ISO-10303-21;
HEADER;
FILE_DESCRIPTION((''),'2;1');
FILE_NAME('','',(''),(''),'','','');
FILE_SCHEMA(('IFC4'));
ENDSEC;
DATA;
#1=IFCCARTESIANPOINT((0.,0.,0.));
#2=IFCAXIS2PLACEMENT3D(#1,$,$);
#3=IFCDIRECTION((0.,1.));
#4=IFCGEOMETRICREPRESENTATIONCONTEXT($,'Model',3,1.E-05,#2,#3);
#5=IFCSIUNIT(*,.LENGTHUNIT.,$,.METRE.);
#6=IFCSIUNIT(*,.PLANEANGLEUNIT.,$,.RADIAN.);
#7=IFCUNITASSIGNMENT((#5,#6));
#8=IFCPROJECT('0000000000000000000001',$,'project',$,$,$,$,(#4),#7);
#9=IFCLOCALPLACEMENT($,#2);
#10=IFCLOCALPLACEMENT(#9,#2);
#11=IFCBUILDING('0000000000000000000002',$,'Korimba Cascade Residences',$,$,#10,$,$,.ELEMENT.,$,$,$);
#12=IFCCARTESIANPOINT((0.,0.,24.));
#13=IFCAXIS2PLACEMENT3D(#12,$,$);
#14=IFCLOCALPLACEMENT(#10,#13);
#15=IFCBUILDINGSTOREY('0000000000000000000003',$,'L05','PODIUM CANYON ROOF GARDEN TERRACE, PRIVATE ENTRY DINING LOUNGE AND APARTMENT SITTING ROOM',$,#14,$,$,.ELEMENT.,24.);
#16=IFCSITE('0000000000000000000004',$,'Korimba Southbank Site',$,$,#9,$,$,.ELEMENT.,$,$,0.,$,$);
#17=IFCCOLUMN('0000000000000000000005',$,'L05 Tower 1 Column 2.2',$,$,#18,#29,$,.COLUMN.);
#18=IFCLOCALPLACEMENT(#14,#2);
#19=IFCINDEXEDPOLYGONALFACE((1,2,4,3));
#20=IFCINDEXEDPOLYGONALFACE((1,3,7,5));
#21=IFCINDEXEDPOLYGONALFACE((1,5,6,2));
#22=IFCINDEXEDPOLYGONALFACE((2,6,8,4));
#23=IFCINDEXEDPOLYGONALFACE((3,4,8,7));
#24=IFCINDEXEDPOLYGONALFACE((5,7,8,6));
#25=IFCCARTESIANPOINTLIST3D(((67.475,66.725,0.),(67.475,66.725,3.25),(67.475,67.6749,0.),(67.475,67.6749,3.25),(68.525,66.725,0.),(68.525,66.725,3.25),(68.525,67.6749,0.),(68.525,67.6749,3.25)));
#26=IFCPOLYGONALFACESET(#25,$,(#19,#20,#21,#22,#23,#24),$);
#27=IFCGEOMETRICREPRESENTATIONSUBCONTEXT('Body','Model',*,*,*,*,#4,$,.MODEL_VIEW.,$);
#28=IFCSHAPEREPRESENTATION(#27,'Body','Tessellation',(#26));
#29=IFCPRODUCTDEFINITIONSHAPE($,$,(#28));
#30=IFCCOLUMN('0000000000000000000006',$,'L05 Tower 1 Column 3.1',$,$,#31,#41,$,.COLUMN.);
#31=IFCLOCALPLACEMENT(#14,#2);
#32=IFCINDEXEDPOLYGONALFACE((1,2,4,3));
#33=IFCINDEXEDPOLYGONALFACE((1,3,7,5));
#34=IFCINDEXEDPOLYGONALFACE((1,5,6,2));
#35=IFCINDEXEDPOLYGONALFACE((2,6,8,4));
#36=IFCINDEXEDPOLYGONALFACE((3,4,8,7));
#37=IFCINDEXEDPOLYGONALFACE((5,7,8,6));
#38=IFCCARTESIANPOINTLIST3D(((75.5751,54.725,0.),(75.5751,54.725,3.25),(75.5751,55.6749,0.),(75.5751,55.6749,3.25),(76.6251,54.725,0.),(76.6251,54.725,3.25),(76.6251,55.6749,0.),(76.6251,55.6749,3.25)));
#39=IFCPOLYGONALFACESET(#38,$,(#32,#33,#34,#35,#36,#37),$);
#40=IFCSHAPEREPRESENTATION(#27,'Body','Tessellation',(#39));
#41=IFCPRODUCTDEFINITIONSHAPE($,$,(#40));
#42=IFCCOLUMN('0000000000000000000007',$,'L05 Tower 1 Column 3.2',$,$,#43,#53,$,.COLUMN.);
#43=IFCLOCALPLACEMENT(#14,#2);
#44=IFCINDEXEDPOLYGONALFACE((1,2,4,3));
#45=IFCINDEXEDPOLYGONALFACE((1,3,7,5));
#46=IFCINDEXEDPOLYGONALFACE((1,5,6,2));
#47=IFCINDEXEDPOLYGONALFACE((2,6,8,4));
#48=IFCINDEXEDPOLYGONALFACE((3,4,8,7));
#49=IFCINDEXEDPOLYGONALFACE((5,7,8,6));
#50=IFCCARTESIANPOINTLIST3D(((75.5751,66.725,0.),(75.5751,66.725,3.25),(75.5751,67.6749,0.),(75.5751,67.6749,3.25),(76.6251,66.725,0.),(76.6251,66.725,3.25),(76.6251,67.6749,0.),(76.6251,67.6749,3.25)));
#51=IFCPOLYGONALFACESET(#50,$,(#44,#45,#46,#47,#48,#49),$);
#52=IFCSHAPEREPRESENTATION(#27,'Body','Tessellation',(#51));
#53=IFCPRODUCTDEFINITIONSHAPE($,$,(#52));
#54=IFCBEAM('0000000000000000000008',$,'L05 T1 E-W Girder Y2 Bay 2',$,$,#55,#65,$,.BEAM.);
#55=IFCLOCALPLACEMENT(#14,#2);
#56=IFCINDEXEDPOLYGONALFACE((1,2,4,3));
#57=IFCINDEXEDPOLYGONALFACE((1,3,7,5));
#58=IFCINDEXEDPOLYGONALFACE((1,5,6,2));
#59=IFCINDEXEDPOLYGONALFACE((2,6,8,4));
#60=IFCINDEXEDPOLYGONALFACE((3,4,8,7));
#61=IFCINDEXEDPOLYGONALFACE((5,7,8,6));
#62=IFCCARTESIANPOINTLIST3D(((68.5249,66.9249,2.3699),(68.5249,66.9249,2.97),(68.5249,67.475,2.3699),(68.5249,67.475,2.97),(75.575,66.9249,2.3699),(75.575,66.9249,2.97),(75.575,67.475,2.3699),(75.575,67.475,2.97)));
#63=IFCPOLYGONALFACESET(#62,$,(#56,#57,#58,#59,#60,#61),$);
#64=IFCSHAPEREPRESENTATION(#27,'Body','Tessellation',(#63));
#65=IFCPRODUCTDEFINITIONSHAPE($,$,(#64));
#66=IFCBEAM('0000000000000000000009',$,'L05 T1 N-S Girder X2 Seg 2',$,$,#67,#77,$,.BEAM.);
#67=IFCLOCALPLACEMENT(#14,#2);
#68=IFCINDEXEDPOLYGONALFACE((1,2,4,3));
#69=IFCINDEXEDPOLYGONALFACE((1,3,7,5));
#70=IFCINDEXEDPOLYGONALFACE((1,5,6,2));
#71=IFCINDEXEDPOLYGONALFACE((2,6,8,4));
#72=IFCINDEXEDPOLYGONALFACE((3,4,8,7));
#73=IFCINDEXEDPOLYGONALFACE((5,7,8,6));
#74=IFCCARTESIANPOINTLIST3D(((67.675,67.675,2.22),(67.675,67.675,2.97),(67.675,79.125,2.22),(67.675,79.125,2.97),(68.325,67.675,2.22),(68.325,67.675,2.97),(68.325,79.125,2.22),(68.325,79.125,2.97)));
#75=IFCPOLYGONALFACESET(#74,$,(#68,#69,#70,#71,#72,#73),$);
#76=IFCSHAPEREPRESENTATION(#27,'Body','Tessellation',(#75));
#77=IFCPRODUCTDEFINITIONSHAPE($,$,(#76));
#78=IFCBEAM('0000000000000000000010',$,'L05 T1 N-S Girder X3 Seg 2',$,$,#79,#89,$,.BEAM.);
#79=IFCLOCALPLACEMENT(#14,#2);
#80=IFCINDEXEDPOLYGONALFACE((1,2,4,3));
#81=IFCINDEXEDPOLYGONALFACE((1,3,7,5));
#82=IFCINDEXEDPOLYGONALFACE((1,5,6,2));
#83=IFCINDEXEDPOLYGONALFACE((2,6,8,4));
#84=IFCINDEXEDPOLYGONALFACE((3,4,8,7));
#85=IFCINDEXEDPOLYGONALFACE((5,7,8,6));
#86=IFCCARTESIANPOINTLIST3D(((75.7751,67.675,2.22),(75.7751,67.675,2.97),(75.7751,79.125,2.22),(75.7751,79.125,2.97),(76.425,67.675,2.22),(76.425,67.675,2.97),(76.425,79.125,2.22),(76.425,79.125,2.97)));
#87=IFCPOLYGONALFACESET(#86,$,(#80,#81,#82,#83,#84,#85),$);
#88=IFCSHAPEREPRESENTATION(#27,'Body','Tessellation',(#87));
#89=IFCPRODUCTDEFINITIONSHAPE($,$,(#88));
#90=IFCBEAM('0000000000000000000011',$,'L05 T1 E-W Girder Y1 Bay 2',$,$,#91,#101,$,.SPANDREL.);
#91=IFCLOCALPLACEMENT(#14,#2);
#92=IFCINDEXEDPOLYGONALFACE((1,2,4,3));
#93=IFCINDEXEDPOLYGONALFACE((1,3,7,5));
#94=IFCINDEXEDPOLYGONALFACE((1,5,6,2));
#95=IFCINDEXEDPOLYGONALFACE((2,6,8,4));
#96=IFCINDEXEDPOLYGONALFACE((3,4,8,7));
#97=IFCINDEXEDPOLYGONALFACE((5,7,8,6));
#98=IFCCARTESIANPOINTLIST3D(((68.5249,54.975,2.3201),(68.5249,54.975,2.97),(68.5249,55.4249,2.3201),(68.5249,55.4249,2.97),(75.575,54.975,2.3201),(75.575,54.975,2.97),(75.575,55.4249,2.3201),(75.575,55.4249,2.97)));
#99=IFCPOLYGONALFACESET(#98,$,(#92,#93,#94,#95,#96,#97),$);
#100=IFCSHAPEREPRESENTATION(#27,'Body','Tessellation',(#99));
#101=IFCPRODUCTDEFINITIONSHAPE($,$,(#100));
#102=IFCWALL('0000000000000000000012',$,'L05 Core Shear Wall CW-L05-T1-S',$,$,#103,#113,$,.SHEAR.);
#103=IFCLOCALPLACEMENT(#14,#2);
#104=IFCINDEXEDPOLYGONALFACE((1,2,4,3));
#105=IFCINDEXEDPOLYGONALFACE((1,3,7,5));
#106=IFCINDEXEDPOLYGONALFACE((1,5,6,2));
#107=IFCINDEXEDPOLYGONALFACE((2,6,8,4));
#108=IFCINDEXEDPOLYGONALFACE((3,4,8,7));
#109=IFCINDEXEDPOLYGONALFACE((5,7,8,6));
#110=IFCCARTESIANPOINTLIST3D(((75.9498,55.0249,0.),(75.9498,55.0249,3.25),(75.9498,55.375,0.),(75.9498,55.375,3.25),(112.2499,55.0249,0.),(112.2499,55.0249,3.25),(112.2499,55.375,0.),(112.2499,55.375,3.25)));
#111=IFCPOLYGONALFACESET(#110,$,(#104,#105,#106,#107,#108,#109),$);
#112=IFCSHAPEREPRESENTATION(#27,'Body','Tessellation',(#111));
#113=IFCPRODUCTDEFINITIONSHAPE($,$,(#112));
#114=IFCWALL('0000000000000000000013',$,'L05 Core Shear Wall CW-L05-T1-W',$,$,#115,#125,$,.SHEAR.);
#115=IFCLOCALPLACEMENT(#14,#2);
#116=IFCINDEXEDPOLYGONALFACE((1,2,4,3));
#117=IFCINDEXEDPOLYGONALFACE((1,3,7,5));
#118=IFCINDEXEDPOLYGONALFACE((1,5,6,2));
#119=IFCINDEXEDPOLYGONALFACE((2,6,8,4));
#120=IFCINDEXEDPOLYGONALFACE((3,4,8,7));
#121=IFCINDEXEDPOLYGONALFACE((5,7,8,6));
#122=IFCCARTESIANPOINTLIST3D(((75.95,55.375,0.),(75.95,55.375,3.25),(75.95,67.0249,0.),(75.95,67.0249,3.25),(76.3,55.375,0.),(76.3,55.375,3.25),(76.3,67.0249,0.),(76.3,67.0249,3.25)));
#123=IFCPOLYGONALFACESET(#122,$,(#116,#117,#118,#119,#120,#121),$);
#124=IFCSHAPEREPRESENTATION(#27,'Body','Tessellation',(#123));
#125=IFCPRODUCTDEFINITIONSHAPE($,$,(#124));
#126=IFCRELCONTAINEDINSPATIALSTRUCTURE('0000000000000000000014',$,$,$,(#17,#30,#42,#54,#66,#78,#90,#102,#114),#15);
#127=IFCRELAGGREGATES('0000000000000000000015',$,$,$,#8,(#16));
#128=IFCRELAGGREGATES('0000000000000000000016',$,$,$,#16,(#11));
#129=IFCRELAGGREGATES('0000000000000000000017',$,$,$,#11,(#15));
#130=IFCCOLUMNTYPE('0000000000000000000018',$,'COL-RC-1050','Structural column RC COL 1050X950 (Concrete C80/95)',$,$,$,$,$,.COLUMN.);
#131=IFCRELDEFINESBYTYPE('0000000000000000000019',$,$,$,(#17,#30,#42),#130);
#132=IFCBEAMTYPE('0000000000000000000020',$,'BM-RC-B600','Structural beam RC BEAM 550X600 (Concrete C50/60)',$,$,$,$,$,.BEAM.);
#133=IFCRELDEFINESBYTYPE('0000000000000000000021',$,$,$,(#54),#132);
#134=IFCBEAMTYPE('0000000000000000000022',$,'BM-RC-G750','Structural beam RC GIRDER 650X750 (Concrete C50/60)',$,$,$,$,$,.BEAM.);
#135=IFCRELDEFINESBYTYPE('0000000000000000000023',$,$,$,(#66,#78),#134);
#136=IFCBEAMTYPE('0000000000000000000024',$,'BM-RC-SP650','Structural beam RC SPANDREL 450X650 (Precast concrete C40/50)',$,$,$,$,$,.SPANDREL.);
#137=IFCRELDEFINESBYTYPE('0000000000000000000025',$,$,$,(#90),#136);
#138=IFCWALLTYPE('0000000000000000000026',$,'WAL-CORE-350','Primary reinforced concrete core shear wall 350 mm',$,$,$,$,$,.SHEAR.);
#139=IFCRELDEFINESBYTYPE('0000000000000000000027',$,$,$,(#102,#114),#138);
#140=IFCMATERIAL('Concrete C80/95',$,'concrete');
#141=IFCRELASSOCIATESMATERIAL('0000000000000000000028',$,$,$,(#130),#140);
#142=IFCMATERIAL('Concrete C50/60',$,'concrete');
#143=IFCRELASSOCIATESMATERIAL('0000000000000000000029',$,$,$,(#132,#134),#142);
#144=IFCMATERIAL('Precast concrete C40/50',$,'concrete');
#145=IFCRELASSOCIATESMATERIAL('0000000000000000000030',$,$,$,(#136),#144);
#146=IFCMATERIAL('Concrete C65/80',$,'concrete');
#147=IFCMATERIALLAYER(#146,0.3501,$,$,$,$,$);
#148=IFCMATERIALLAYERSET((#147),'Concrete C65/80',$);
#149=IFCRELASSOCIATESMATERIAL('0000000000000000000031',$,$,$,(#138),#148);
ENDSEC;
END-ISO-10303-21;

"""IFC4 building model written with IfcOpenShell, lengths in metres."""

from ifc_helpers import new_model, si_unit, direction, frame, frame_2d, origin, origin_2d, place, context, subcontext, project, spatial, rectangle, extrude, material, layer, layer_set, material_profile, profile_set, type_object, element, save


model = new_model("IFC4")

# Units and contexts
model_context = context("Model", 3, precision=1e-05, world=origin(), true_north=direction((0.0, 1.0)))
body_context = subcontext(model_context, "Body", "Model", "MODEL_VIEW")
ifc_project = project(units=[si_unit("LENGTHUNIT", "METRE"), si_unit("PLANEANGLEUNIT", "RADIAN")], contexts=[model_context])

# Site, building, storey
site_placement = place(None, origin())
site = spatial("IfcSite", under=ifc_project, at=site_placement, Name="Korimba Southbank Site", CompositionType="ELEMENT", RefElevation=0.0)
building_placement = place(site_placement, origin())
building = spatial("IfcBuilding", under=site, at=building_placement, Name="Korimba Cascade Residences", CompositionType="ELEMENT")
storey_placement = place(building_placement, frame((0.0, 0.0, 24.0)))
storey = spatial("IfcBuildingStorey", under=building, at=storey_placement, Name="L05", Description="PODIUM CANYON ROOF GARDEN TERRACE, PRIVATE ENTRY DINING LOUNGE AND APARTMENT SITTING ROOM", CompositionType="ELEMENT", Elevation=24.0)

# Columns
ifc_material_1 = material(Name="Concrete C80/95", Category="concrete")
ifc_material_profile_1 = material_profile(ifc_material_1, rectangle(XDim=1.05, YDim=0.95, at=origin_2d()), Name="Concrete C80/95")
ifc_profile_set_1 = profile_set([ifc_material_profile_1], Name="Concrete C80/95")
column_type = type_object("IfcColumnType", Name="COL-RC-1050", Description="Structural column RC COL 1050X950 (Concrete C80/95)", PredefinedType="COLUMN", material=ifc_profile_set_1)
for number, where, z_axis, x_axis, name in (
    (1, (68.0, 67.2, 0.0), (0.0, 0.0, 1.0), (1.0, 0.0, 0.0), "L05 Tower 1 Column 2.2"),
    (2, (76.1001, 55.2, 0.0), (0.0, 0.0, 1.0), (1.0, 0.0, 0.0), "L05 Tower 1 Column 3.1"),
    (3, (76.1001, 67.2, 0.0), (0.0, 0.0, 1.0), (1.0, 0.0, 0.0), "L05 Tower 1 Column 3.2"),
):
    element("IfcColumn", number, at=place(storey_placement, frame(where, z_axis=z_axis, x_axis=x_axis)), inside=storey, type_object=column_type, Name=name, PredefinedType="COLUMN", context=body_context, shape_type="SweptSolid", body=[
        extrude(rectangle(XDim=1.05, YDim=0.95, at=origin_2d()), origin(), (0.0, 0.0, 1.0), 3.25),
    ])

# Beams
ifc_material_2 = material(Name="Concrete C50/60", Category="concrete")
ifc_material_profile_2 = material_profile(ifc_material_2, rectangle(XDim=0.55, YDim=0.6001, at=origin_2d()), Name="Concrete C50/60")
ifc_profile_set_2 = profile_set([ifc_material_profile_2], Name="Concrete C50/60")
beam_type_1 = type_object("IfcBeamType", Name="BM-RC-B600", Description="Structural beam RC BEAM 550X600 (Concrete C50/60)", PredefinedType="BEAM", material=ifc_profile_set_2)
beam_1_placement = place(storey_placement, frame((68.5249, 67.2, 2.6699), z_axis=(1.0, 0.0, 0.0), x_axis=(0.0, 1.0, 0.0)))
element("IfcBeam", 4, at=beam_1_placement, inside=storey, type_object=beam_type_1, Name="L05 T1 E-W Girder Y2 Bay 2", PredefinedType="BEAM", context=body_context, shape_type="SweptSolid", body=[
    extrude(rectangle(XDim=0.55, YDim=0.6001, at=origin_2d()), origin(), (0.0, 0.0, 1.0), 7.05),
])
ifc_material_profile_3 = material_profile(ifc_material_2, rectangle(XDim=0.6499, YDim=0.75, at=origin_2d()), Name="Concrete C50/60")
ifc_profile_set_3 = profile_set([ifc_material_profile_3], Name="Concrete C50/60")
beam_type_2 = type_object("IfcBeamType", Name="BM-RC-G750", Description="Structural beam RC GIRDER 650X750 (Concrete C50/60)", PredefinedType="BEAM", material=ifc_profile_set_3)
for number, where, z_axis, x_axis, name in (
    (5, (68.0, 67.675, 2.595), (0.0, 1.0, 0.0), (-1.0, 0.0, 0.0), "L05 T1 N-S Girder X2 Seg 2"),
    (6, (76.1001, 67.675, 2.595), (0.0, 1.0, 0.0), (-1.0, 0.0, 0.0), "L05 T1 N-S Girder X3 Seg 2"),
):
    element("IfcBeam", number, at=place(storey_placement, frame(where, z_axis=z_axis, x_axis=x_axis)), inside=storey, type_object=beam_type_2, Name=name, PredefinedType="BEAM", context=body_context, shape_type="SweptSolid", body=[
        extrude(rectangle(XDim=0.6499, YDim=0.75, at=origin_2d()), origin(), (0.0, 0.0, 1.0), 11.45),
    ])
ifc_material_3 = material(Name="Precast concrete C40/50", Category="concrete")
ifc_material_profile_4 = material_profile(ifc_material_3, rectangle(XDim=0.45, YDim=0.6499, at=origin_2d()), Name="Precast concrete C40/50")
ifc_profile_set_4 = profile_set([ifc_material_profile_4], Name="Precast concrete C40/50")
beam_type_3 = type_object("IfcBeamType", Name="BM-RC-SP650", Description="Structural beam RC SPANDREL 450X650 (Precast concrete C40/50)", PredefinedType="SPANDREL", material=ifc_profile_set_4)
beam_2_placement = place(storey_placement, frame((68.5249, 55.2, 2.645), z_axis=(1.0, 0.0, 0.0), x_axis=(0.0, 1.0, 0.0)))
element("IfcBeam", 7, at=beam_2_placement, inside=storey, type_object=beam_type_3, Name="L05 T1 E-W Girder Y1 Bay 2", PredefinedType="SPANDREL", context=body_context, shape_type="SweptSolid", body=[
    extrude(rectangle(XDim=0.45, YDim=0.6499, at=origin_2d()), origin(), (0.0, 0.0, 1.0), 7.05),
])

# Walls
ifc_material_4 = material(Name="Concrete C65/80", Category="concrete")
ifc_layer_1 = layer(ifc_material_4, 0.3501)
ifc_layer_set_1 = layer_set([ifc_layer_1], Name="Concrete C65/80")
wall_type_1 = type_object("IfcWallType", Name="WAL-CORE-350", Description="Primary reinforced concrete core shear wall 350 mm", PredefinedType="SHEAR", material=ifc_layer_set_1)
wall_1_placement = place(storey_placement, frame((75.95, 55.2, 0.0), z_axis=(0.0, 0.0, 1.0), x_axis=(1.0, 0.0, 0.0)))
element("IfcWall", 8, at=wall_1_placement, inside=storey, type_object=wall_type_1, Name="L05 Core Shear Wall CW-L05-T1-S", PredefinedType="SHEAR", context=body_context, shape_type="SweptSolid", body=[
    extrude(rectangle(XDim=36.3, YDim=0.3501, at=frame_2d((18.1499, 0.0))), origin(), (0.0, 0.0, 1.0), 3.25),
])
wall_2_placement = place(storey_placement, frame((76.125, 55.375, 0.0), z_axis=(0.0, 0.0, 1.0), x_axis=(0.0, 1.0, 0.0)))
element("IfcWall", 9, at=wall_2_placement, inside=storey, type_object=wall_type_1, Name="L05 Core Shear Wall CW-L05-T1-W", PredefinedType="SHEAR", context=body_context, shape_type="SweptSolid", body=[
    extrude(rectangle(XDim=11.6499, YDim=0.3501, at=frame_2d((5.825, 0.0))), origin(), (0.0, 0.0, 1.0), 3.25),
])

save(model, "model.ifc")
